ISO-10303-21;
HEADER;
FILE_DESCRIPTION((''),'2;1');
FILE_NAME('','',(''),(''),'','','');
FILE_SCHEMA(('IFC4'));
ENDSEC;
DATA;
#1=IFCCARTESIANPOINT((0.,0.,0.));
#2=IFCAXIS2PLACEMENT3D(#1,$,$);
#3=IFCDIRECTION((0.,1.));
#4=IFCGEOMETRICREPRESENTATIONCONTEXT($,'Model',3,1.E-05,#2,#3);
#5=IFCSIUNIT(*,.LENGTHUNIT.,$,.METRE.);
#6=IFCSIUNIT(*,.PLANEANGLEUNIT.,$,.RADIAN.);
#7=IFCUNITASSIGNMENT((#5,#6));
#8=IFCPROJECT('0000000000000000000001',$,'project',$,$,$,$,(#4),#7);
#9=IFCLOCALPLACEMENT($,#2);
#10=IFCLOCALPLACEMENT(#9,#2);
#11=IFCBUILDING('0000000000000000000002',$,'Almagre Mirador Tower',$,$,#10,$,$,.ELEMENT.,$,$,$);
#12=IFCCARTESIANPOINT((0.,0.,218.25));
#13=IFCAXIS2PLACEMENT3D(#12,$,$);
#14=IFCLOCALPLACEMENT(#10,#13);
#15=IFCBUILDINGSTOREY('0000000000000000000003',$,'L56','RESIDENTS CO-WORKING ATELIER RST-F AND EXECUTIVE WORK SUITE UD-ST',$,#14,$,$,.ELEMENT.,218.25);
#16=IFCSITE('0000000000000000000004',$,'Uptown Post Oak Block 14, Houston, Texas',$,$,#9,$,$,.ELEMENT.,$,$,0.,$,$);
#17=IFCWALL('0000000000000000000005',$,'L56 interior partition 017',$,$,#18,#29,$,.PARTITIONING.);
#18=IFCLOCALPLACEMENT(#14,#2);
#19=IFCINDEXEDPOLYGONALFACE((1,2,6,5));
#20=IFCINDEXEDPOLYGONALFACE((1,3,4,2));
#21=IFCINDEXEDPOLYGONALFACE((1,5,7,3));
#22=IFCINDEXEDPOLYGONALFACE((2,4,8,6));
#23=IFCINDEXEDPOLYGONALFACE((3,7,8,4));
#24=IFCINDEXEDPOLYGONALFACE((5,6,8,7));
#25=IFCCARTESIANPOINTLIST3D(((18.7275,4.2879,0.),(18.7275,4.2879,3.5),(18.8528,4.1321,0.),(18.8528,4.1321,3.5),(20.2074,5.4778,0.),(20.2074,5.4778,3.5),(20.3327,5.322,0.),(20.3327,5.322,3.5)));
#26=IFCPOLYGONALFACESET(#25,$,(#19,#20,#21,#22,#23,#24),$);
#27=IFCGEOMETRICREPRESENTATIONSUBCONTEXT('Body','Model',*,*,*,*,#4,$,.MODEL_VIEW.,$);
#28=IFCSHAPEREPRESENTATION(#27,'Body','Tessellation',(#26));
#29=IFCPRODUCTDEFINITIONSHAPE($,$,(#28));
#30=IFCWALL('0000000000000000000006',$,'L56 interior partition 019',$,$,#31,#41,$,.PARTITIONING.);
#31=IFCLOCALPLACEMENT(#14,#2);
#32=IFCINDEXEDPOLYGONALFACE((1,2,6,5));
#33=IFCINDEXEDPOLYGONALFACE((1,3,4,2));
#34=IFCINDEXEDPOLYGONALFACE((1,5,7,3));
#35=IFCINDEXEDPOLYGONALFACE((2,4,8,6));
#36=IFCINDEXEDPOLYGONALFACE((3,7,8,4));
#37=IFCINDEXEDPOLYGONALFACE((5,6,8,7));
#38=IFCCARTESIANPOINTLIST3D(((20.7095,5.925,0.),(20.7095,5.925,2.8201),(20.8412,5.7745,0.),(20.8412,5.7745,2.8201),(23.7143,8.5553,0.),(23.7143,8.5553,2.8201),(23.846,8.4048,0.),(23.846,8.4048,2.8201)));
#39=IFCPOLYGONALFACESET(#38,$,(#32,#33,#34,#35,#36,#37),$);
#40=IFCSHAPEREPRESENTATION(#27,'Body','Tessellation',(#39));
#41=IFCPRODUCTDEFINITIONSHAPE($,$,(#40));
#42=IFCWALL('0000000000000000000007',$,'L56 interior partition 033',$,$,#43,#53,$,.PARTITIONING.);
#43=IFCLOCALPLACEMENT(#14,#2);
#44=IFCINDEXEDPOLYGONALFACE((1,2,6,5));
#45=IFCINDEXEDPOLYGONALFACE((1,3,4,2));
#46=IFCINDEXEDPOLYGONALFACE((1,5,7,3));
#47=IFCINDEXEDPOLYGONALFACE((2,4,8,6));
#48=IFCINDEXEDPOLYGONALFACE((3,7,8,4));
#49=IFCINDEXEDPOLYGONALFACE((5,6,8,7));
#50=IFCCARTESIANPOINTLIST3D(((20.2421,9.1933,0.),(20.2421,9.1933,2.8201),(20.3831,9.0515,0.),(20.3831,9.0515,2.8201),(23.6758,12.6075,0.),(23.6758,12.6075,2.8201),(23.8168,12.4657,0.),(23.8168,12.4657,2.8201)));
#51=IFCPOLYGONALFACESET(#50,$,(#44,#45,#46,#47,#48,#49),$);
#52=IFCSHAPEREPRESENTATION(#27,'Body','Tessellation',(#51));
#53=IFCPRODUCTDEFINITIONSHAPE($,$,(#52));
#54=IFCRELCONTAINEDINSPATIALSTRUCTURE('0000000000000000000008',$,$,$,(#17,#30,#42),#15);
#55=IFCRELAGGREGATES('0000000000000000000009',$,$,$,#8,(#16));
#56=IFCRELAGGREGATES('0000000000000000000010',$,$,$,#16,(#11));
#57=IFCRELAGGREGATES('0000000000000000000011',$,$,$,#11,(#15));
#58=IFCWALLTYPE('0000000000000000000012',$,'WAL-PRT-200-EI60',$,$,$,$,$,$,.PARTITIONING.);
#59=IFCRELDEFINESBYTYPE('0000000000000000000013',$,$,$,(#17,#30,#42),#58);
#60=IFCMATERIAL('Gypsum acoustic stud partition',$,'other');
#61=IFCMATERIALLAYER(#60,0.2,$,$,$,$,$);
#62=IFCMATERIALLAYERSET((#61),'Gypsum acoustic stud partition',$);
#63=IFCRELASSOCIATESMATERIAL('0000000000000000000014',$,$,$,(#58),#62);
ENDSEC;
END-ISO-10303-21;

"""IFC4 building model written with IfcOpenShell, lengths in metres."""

from ifc_helpers import new_model, si_unit, direction, frame, frame_2d, origin, place, context, subcontext, project, spatial, rectangle, extrude, material, layer, layer_set, type_object, element, save


model = new_model("IFC4")

# Units and contexts
model_context = context("Model", 3, precision=1e-05, world=origin(), true_north=direction((0.0, 1.0)))
body_context = subcontext(model_context, "Body", "Model", "MODEL_VIEW")
ifc_project = project(units=[si_unit("LENGTHUNIT", "METRE"), si_unit("PLANEANGLEUNIT", "RADIAN")], contexts=[model_context])

# Site, building, storey
site_placement = place(None, origin())
site = spatial("IfcSite", under=ifc_project, at=site_placement, Name="Uptown Post Oak Block 14, Houston, Texas", CompositionType="ELEMENT", RefElevation=0.0)
building_placement = place(site_placement, origin())
building = spatial("IfcBuilding", under=site, at=building_placement, Name="Almagre Mirador Tower", CompositionType="ELEMENT")
storey_placement = place(building_placement, frame((0.0, 0.0, 218.25)))
storey = spatial("IfcBuildingStorey", under=building, at=storey_placement, Name="L56", Description="RESIDENTS CO-WORKING ATELIER RST-F AND EXECUTIVE WORK SUITE UD-ST", CompositionType="ELEMENT", Elevation=218.25)

# Walls
ifc_material_1 = material(Name="Gypsum acoustic stud partition", Category="other")
ifc_layer_1 = layer(ifc_material_1, 0.2)
ifc_layer_set_1 = layer_set([ifc_layer_1], Name="Gypsum acoustic stud partition")
wall_type_1 = type_object("IfcWallType", Name="WAL-PRT-200-EI60", PredefinedType="PARTITIONING", material=ifc_layer_set_1)
wall_1_placement = place(storey_placement, frame((20.27, 5.3999, 0.0), z_axis=(0.0, 0.0, 1.0), x_axis=(-0.779336, -0.626606, 0.0)))
element("IfcWall", 1, at=wall_1_placement, inside=storey, type_object=wall_type_1, Name="L56 interior partition 017", PredefinedType="PARTITIONING", context=body_context, shape_type="SweptSolid", body=[
    extrude(rectangle(XDim=1.8989, YDim=0.2, at=frame_2d((0.9495, 0.0))), origin(), (0.0, 0.0, 1.0), 3.5),
])
wall_2_placement = place(storey_placement, frame((23.78, 8.48, 0.0), z_axis=(0.0, 0.0, 1.0), x_axis=(-0.75244, -0.65866, 0.0)))
element("IfcWall", 2, at=wall_2_placement, inside=storey, type_object=wall_type_1, Name="L56 interior partition 019", PredefinedType="PARTITIONING", context=body_context, shape_type="SweptSolid", body=[
    extrude(rectangle(XDim=3.9934, YDim=0.2, at=frame_2d((1.9966, 0.0))), origin(), (0.0, 0.0, 1.0), 2.8201),
])
wall_3_placement = place(storey_placement, frame((23.7463, 12.5366, 0.0), z_axis=(0.0, 0.0, 1.0), x_axis=(-0.709121, -0.705087, 0.0)))
element("IfcWall", 3, at=wall_3_placement, inside=storey, type_object=wall_type_1, Name="L56 interior partition 033", PredefinedType="PARTITIONING", context=body_context, shape_type="SweptSolid", body=[
    extrude(rectangle(XDim=4.8423, YDim=0.2, at=frame_2d((2.4211, 0.0))), origin(), (0.0, 0.0, 1.0), 2.8201),
])

save(model, "model.ifc")
